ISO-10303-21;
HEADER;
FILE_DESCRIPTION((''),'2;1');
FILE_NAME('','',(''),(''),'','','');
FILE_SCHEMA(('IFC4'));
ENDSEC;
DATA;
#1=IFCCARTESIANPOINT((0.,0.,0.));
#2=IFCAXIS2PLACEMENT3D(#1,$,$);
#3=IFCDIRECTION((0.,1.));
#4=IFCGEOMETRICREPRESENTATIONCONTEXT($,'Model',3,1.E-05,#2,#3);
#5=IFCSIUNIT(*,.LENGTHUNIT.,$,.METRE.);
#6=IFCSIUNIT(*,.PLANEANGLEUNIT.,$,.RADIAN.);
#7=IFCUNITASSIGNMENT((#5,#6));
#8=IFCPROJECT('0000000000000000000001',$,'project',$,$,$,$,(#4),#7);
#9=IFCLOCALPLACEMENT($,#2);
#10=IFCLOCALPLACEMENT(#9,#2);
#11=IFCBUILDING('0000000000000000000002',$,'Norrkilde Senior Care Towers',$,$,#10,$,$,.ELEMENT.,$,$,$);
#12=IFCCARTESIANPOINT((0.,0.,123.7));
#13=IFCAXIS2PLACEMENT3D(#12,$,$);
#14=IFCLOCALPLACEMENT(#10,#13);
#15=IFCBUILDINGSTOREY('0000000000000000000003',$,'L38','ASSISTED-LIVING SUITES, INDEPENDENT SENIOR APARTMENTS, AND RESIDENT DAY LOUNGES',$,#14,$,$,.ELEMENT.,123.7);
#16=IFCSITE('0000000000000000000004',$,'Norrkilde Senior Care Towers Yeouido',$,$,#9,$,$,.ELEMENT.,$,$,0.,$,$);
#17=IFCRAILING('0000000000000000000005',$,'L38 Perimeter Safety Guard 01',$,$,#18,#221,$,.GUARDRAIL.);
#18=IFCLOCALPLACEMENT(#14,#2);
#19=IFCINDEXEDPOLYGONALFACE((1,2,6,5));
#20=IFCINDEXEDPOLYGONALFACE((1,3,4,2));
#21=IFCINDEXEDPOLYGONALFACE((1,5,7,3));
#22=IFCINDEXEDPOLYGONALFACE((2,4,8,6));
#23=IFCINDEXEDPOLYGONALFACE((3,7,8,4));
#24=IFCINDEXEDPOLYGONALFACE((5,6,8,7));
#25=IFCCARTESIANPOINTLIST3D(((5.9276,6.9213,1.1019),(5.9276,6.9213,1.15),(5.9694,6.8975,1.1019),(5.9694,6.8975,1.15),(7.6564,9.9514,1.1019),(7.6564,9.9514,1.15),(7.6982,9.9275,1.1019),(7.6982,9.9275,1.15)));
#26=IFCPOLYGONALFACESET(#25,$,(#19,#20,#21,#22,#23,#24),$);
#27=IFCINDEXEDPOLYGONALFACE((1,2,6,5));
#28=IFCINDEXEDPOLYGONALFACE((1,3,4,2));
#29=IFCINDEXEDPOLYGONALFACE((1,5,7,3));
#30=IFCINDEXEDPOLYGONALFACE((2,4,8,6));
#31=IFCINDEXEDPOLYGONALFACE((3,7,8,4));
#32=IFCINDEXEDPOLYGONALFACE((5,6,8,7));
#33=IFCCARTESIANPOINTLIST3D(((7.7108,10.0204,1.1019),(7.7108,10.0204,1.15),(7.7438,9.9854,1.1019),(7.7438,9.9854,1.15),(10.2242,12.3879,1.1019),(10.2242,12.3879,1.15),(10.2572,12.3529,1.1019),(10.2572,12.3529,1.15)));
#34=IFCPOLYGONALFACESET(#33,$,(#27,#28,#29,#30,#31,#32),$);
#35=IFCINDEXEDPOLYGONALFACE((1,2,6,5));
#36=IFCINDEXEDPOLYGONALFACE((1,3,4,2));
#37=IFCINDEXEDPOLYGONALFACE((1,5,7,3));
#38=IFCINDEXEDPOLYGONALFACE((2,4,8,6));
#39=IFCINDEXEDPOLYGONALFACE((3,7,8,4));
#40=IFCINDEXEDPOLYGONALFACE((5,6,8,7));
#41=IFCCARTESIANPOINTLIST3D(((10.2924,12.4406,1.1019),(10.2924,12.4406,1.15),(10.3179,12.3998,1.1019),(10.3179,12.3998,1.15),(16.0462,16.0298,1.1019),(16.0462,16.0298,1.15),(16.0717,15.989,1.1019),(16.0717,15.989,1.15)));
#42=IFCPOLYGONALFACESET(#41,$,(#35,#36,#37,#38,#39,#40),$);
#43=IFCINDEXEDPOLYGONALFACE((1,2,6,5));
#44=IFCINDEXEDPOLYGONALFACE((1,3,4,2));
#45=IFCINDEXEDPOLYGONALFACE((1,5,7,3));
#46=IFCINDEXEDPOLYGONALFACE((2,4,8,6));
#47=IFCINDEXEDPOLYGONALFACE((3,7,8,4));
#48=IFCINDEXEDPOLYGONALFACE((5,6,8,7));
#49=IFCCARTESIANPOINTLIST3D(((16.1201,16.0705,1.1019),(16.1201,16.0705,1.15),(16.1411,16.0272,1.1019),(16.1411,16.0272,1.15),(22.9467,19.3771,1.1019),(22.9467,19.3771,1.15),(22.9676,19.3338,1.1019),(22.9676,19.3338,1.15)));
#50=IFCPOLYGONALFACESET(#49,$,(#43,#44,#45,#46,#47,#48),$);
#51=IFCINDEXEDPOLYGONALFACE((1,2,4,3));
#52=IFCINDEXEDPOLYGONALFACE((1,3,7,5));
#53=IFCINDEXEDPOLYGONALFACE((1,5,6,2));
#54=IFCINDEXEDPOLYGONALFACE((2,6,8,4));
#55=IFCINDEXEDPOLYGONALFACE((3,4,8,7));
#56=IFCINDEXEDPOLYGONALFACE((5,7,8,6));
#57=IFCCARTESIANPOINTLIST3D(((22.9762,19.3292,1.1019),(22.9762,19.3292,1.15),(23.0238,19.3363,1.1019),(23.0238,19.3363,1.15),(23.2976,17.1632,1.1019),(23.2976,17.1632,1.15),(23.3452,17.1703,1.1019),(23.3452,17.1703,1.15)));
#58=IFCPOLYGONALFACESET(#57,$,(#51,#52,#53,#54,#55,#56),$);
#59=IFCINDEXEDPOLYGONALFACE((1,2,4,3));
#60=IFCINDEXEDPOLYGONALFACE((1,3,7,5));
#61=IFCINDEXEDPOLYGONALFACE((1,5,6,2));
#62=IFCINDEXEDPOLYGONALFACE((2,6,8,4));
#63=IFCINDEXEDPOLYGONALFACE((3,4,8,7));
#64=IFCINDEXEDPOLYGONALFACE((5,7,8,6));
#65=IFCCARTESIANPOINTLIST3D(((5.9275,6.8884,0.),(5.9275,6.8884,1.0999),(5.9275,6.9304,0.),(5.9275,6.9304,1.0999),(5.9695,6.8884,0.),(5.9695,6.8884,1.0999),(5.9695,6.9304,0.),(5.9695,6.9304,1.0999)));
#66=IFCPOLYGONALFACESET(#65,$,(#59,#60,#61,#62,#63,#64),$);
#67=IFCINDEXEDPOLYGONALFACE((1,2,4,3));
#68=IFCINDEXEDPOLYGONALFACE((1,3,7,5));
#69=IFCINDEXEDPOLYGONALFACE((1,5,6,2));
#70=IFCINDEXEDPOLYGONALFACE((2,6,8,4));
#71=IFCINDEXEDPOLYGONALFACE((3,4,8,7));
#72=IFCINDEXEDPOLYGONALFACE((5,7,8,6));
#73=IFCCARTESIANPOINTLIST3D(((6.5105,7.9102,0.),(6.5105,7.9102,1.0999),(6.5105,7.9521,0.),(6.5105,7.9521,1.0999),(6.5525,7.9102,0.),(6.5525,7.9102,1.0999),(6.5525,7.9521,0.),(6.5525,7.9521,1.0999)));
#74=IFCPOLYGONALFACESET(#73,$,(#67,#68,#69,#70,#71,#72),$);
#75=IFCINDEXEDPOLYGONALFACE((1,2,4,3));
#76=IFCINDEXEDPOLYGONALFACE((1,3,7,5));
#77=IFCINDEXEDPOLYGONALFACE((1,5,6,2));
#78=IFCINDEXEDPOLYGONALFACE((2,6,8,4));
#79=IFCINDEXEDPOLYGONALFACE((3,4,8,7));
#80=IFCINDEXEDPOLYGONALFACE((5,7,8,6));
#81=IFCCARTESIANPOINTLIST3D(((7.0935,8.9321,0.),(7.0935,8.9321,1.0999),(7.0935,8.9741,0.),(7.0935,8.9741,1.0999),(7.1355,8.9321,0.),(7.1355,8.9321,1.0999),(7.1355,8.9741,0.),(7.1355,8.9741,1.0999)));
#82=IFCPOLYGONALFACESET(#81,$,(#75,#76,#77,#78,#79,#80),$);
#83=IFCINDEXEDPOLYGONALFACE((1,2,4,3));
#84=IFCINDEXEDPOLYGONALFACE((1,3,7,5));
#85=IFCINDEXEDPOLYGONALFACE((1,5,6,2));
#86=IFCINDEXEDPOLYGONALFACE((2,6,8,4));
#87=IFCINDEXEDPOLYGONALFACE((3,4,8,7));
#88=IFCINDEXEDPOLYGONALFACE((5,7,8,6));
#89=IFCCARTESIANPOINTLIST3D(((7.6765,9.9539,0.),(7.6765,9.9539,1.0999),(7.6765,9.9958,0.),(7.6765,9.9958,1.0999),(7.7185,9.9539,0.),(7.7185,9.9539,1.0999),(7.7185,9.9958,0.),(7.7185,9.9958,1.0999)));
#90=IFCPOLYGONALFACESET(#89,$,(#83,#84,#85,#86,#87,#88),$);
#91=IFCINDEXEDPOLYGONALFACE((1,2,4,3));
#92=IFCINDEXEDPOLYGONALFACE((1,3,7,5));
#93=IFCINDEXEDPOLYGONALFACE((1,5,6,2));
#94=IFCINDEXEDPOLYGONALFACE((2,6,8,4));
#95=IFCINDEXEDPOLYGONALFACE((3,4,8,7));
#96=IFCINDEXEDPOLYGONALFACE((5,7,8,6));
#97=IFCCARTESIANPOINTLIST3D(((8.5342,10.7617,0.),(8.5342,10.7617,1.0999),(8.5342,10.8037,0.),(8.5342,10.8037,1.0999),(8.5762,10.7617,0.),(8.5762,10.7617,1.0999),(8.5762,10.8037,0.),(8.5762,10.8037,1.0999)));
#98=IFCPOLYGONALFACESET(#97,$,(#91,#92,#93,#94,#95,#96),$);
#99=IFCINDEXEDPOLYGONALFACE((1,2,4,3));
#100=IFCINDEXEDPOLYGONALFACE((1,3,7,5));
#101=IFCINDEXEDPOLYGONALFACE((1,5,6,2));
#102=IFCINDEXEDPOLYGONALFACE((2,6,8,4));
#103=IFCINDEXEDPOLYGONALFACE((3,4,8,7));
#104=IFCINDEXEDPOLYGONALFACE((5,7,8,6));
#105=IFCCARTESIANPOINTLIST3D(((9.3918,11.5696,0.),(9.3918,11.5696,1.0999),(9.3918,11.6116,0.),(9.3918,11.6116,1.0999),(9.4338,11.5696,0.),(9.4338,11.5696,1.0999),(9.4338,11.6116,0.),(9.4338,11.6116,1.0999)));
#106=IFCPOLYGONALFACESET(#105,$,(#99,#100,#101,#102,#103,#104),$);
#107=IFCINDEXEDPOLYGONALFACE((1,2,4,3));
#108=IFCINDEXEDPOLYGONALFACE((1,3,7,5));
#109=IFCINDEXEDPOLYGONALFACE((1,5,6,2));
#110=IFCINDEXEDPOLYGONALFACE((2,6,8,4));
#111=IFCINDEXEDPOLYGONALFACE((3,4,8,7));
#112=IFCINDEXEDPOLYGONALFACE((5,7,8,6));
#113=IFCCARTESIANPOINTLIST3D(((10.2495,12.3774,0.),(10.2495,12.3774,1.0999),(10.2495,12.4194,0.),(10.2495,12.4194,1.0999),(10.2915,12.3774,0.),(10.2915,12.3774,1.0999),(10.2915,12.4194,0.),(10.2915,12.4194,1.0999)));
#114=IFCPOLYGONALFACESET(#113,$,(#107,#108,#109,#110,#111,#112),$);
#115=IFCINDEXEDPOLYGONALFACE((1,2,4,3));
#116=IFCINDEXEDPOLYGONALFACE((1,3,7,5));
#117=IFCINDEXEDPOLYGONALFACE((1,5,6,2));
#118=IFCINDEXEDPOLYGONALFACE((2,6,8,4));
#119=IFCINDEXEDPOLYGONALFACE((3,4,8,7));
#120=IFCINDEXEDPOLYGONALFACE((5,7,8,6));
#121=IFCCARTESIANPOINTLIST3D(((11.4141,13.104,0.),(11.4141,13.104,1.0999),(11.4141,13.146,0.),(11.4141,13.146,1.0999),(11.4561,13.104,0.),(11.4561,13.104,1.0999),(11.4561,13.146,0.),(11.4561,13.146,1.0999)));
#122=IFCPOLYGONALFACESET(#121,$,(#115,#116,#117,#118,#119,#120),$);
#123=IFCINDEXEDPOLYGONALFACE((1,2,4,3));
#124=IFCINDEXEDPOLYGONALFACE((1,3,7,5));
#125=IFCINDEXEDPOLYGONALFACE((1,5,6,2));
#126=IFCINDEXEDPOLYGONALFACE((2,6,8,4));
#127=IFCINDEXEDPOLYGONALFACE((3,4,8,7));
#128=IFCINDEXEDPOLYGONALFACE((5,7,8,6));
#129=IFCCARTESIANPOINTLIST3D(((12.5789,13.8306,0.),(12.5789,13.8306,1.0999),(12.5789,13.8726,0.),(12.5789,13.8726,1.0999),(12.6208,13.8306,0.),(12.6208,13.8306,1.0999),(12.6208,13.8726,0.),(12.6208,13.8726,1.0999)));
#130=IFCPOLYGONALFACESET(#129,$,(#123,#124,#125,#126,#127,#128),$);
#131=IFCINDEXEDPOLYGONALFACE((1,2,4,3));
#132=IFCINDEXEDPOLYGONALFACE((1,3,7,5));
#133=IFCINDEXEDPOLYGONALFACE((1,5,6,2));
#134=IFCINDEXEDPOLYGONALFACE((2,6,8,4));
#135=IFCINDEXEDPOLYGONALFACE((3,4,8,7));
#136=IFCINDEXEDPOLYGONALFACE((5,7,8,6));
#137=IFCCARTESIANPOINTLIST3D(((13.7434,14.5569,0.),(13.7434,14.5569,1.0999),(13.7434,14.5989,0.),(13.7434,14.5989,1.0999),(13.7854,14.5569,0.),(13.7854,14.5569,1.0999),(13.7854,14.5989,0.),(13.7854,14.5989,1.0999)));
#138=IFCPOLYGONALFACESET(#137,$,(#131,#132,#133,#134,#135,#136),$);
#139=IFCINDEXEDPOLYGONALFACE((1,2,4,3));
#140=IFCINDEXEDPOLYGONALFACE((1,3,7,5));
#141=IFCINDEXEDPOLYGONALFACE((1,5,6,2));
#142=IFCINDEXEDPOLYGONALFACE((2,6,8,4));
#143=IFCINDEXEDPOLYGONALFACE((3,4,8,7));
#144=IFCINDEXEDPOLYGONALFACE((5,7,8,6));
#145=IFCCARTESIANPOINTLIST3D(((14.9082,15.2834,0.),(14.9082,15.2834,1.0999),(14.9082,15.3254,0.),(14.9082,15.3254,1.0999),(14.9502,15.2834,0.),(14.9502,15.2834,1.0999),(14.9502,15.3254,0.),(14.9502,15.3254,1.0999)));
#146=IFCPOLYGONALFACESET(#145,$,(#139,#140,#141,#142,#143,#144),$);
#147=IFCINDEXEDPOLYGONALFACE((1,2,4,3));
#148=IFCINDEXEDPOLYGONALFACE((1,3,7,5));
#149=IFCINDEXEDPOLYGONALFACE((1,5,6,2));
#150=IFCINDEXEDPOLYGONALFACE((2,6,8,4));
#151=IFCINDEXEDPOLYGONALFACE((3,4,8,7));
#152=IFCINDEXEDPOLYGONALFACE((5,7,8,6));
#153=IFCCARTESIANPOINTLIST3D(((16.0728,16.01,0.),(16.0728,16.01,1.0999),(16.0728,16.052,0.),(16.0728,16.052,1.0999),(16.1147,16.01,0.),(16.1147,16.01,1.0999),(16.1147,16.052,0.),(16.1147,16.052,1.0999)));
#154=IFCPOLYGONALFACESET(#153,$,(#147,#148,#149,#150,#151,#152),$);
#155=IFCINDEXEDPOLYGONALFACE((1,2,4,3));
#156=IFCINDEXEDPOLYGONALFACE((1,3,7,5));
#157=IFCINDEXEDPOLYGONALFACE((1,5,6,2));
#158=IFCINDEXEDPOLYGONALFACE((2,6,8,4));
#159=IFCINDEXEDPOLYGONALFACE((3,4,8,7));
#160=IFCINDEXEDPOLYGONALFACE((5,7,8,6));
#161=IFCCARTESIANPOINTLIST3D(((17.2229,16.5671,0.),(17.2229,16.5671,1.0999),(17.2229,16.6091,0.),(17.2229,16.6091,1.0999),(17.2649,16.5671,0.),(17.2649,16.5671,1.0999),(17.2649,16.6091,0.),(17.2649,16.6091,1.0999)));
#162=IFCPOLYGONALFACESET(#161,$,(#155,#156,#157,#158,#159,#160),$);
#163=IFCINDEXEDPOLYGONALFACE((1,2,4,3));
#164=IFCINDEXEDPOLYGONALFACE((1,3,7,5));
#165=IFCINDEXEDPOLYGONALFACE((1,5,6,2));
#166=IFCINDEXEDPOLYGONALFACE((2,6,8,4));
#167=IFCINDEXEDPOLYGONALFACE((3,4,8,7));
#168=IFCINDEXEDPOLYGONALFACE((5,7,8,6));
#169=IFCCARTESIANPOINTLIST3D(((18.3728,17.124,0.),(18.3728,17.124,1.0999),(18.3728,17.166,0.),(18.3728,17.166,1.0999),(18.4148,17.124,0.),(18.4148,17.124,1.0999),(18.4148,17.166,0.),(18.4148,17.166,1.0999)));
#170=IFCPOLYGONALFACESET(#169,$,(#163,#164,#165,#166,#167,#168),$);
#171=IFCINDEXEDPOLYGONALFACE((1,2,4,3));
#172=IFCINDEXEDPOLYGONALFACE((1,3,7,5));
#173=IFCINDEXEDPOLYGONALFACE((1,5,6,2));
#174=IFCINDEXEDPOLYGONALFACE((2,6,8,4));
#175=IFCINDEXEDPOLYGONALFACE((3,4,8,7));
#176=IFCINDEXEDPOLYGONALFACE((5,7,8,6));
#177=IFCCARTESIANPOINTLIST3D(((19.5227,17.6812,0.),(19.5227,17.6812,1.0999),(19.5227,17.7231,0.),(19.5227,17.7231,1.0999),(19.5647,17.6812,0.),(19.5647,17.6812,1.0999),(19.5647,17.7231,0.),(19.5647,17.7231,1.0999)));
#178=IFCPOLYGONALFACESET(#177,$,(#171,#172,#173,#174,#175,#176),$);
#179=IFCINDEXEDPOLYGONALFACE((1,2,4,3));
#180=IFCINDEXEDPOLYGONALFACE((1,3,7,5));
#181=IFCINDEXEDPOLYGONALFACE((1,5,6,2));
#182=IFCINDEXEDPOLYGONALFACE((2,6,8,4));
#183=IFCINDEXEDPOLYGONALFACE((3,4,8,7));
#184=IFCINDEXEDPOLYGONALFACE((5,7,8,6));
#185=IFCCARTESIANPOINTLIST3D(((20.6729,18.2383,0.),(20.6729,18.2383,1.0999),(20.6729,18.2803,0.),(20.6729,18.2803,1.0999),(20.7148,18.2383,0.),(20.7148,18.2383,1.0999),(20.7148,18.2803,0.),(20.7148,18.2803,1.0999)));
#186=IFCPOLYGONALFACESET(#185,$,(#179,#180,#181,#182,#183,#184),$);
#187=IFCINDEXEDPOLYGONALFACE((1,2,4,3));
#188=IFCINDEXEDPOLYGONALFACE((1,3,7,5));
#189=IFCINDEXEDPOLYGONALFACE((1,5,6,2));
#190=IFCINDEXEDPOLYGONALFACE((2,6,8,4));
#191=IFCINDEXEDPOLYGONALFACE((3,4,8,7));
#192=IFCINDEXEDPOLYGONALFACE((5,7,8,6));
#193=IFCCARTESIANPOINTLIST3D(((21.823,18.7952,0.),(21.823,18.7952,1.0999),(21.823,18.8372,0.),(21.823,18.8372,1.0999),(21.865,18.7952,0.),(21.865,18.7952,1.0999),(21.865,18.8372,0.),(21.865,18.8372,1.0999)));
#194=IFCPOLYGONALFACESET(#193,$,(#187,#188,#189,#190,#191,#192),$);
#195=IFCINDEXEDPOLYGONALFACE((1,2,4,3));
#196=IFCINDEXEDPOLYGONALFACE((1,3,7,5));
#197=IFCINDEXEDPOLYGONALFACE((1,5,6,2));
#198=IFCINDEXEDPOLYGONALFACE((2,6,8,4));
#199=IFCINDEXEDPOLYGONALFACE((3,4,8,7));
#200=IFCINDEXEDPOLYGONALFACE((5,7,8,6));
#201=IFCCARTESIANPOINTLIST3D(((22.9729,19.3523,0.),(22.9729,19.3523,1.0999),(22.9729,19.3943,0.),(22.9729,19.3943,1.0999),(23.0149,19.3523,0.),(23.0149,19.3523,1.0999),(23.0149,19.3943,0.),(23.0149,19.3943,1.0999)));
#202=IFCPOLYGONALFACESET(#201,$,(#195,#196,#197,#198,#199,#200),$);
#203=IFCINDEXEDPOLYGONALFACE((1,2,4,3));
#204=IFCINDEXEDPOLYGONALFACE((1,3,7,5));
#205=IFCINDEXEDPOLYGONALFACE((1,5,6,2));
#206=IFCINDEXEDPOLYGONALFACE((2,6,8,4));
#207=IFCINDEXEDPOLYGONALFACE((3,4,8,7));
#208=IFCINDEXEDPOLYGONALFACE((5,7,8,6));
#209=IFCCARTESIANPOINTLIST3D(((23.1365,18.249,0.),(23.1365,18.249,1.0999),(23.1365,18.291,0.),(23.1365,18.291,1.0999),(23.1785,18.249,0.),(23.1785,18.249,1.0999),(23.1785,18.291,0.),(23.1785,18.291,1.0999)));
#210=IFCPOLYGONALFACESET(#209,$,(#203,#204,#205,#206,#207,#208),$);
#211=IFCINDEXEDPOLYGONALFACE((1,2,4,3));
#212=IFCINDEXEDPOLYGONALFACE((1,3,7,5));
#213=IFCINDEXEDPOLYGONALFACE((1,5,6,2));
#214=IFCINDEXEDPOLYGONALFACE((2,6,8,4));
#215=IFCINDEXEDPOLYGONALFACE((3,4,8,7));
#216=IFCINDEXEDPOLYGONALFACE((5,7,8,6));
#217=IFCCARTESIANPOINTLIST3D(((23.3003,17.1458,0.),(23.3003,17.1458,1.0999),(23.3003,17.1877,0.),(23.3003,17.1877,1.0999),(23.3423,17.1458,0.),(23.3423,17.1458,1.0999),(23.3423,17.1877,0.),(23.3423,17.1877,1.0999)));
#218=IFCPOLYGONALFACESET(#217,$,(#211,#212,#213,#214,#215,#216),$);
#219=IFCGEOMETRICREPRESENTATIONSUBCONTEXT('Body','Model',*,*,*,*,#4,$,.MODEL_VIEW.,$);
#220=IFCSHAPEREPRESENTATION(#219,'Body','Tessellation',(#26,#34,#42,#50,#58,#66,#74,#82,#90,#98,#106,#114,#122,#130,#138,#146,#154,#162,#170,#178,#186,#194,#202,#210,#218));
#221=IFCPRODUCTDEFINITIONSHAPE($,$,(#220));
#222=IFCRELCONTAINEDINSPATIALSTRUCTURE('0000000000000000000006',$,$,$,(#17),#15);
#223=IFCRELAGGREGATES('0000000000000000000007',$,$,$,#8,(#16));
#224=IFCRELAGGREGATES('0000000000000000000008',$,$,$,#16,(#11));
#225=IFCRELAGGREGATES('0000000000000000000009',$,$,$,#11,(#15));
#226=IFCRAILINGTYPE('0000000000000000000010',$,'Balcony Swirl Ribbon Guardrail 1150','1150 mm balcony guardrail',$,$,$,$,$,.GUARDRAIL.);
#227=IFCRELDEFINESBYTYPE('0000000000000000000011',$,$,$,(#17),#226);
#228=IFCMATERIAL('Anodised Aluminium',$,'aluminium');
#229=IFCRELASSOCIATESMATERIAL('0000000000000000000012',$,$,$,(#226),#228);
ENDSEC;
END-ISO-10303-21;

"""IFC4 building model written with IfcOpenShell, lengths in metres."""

from ifc_helpers import new_model, si_unit, direction, frame, origin, origin_2d, place, context, subcontext, project, spatial, rectangle, extrude, material, type_object, element, save


model = new_model("IFC4")

# Units and contexts
model_context = context("Model", 3, precision=1e-05, world=origin(), true_north=direction((0.0, 1.0)))
body_context = subcontext(model_context, "Body", "Model", "MODEL_VIEW")
ifc_project = project(units=[si_unit("LENGTHUNIT", "METRE"), si_unit("PLANEANGLEUNIT", "RADIAN")], contexts=[model_context])

# Site, building, storey
site_placement = place(None, origin())
site = spatial("IfcSite", under=ifc_project, at=site_placement, Name="Norrkilde Senior Care Towers Yeouido", CompositionType="ELEMENT", RefElevation=0.0)
building_placement = place(site_placement, origin())
building = spatial("IfcBuilding", under=site, at=building_placement, Name="Norrkilde Senior Care Towers", CompositionType="ELEMENT")
storey_placement = place(building_placement, frame((0.0, 0.0, 123.7)))
storey = spatial("IfcBuildingStorey", under=building, at=storey_placement, Name="L38", Description="ASSISTED-LIVING SUITES, INDEPENDENT SENIOR APARTMENTS, AND RESIDENT DAY LOUNGES", CompositionType="ELEMENT", Elevation=123.7)

# Shared definitions
ifc_material_1 = material(Name="Anodised Aluminium", Category="aluminium")

# Railing
railing_type = type_object("IfcRailingType", Name="Balcony Swirl Ribbon Guardrail 1150", Description="1150 mm balcony guardrail", PredefinedType="GUARDRAIL", material=ifc_material_1)
railing_1_placement = place(storey_placement, frame((5.9485, 6.9094, 0.0)))
element("IfcRailing", 1, at=railing_1_placement, inside=storey, type_object=railing_type, Name="L38 Perimeter Safety Guard 01", PredefinedType="GUARDRAIL", context=body_context, shape_type="SweptSolid", body=[
    extrude(rectangle(XDim=0.0481, YDim=0.0481, at=origin_2d()), frame((0.0, 0.0, 1.126), z_axis=(0.495573, 0.868566, 0.0), x_axis=(-0.868566, 0.495573, 0.0)), (0.0, 0.0, 1.0), 3.4885),
    extrude(rectangle(XDim=0.0481, YDim=0.0481, at=origin_2d()), frame((1.7788, 3.0935, 1.126), z_axis=(0.727926, 0.685655, 0.0), x_axis=(-0.685655, 0.727926, 0.0)), (0.0, 0.0, 1.0), 3.4529),
    extrude(rectangle(XDim=0.0481, YDim=0.0481, at=origin_2d()), frame((4.3567, 5.5107, 1.126), z_axis=(0.848454, 0.52927, 0.0), x_axis=(-0.52927, 0.848454, 0.0)), (0.0, 0.0, 1.0), 6.7815),
    extrude(rectangle(XDim=0.0481, YDim=0.0481, at=origin_2d()), frame((10.1821, 9.1394, 1.126), z_axis=(0.89998, 0.435931, 0.0), x_axis=(-0.435931, 0.89998, 0.0)), (0.0, 0.0, 1.0), 7.5852),
    extrude(rectangle(XDim=0.0481, YDim=0.0481, at=origin_2d()), frame((17.0515, 12.4233, 1.126), z_axis=(0.146767, -0.989171, 0.0), x_axis=(0.989171, 0.146767, 0.0)), (0.0, 0.0, 1.0), 2.1897),
    extrude(rectangle(XDim=0.042, YDim=0.042, at=origin_2d()), origin(), (0.0, 0.0, 1.0), 1.0999),
    extrude(rectangle(XDim=0.042, YDim=0.042, at=origin_2d()), frame((0.583, 1.0217, 0.0)), (0.0, 0.0, 1.0), 1.0999),
    extrude(rectangle(XDim=0.042, YDim=0.042, at=origin_2d()), frame((1.166, 2.0437, 0.0)), (0.0, 0.0, 1.0), 1.0999),
    extrude(rectangle(XDim=0.042, YDim=0.042, at=origin_2d()), frame((1.749, 3.0654, 0.0)), (0.0, 0.0, 1.0), 1.0999),
    extrude(rectangle(XDim=0.042, YDim=0.042, at=origin_2d()), frame((2.6067, 3.8733, 0.0)), (0.0, 0.0, 1.0), 1.0999),
    extrude(rectangle(XDim=0.042, YDim=0.042, at=origin_2d()), frame((3.4644, 4.6812, 0.0)), (0.0, 0.0, 1.0), 1.0999),
    extrude(rectangle(XDim=0.042, YDim=0.042, at=origin_2d()), frame((4.322, 5.489, 0.0)), (0.0, 0.0, 1.0), 1.0999),
    extrude(rectangle(XDim=0.042, YDim=0.042, at=origin_2d()), frame((5.4866, 6.2156, 0.0)), (0.0, 0.0, 1.0), 1.0999),
    extrude(rectangle(XDim=0.042, YDim=0.042, at=origin_2d()), frame((6.6514, 6.9421, 0.0)), (0.0, 0.0, 1.0), 1.0999),
    extrude(rectangle(XDim=0.042, YDim=0.042, at=origin_2d()), frame((7.8159, 7.6685, 0.0)), (0.0, 0.0, 1.0), 1.0999),
    extrude(rectangle(XDim=0.042, YDim=0.042, at=origin_2d()), frame((8.9807, 8.395, 0.0)), (0.0, 0.0, 1.0), 1.0999),
    extrude(rectangle(XDim=0.042, YDim=0.042, at=origin_2d()), frame((10.1453, 9.1216, 0.0)), (0.0, 0.0, 1.0), 1.0999),
    extrude(rectangle(XDim=0.042, YDim=0.042, at=origin_2d()), frame((11.2954, 9.6787, 0.0)), (0.0, 0.0, 1.0), 1.0999),
    extrude(rectangle(XDim=0.042, YDim=0.042, at=origin_2d()), frame((12.4453, 10.2356, 0.0)), (0.0, 0.0, 1.0), 1.0999),
    extrude(rectangle(XDim=0.042, YDim=0.042, at=origin_2d()), frame((13.5952, 10.7927, 0.0)), (0.0, 0.0, 1.0), 1.0999),
    extrude(rectangle(XDim=0.042, YDim=0.042, at=origin_2d()), frame((14.7454, 11.3499, 0.0)), (0.0, 0.0, 1.0), 1.0999),
    extrude(rectangle(XDim=0.042, YDim=0.042, at=origin_2d()), frame((15.8955, 11.9067, 0.0)), (0.0, 0.0, 1.0), 1.0999),
    extrude(rectangle(XDim=0.042, YDim=0.042, at=origin_2d()), frame((17.0454, 12.4639, 0.0)), (0.0, 0.0, 1.0), 1.0999),
    extrude(rectangle(XDim=0.042, YDim=0.042, at=origin_2d()), frame((17.209, 11.3606, 0.0)), (0.0, 0.0, 1.0), 1.0999),
    extrude(rectangle(XDim=0.042, YDim=0.042, at=origin_2d()), frame((17.3728, 10.2573, 0.0)), (0.0, 0.0, 1.0), 1.0999),
])

save(model, "model.ifc")
